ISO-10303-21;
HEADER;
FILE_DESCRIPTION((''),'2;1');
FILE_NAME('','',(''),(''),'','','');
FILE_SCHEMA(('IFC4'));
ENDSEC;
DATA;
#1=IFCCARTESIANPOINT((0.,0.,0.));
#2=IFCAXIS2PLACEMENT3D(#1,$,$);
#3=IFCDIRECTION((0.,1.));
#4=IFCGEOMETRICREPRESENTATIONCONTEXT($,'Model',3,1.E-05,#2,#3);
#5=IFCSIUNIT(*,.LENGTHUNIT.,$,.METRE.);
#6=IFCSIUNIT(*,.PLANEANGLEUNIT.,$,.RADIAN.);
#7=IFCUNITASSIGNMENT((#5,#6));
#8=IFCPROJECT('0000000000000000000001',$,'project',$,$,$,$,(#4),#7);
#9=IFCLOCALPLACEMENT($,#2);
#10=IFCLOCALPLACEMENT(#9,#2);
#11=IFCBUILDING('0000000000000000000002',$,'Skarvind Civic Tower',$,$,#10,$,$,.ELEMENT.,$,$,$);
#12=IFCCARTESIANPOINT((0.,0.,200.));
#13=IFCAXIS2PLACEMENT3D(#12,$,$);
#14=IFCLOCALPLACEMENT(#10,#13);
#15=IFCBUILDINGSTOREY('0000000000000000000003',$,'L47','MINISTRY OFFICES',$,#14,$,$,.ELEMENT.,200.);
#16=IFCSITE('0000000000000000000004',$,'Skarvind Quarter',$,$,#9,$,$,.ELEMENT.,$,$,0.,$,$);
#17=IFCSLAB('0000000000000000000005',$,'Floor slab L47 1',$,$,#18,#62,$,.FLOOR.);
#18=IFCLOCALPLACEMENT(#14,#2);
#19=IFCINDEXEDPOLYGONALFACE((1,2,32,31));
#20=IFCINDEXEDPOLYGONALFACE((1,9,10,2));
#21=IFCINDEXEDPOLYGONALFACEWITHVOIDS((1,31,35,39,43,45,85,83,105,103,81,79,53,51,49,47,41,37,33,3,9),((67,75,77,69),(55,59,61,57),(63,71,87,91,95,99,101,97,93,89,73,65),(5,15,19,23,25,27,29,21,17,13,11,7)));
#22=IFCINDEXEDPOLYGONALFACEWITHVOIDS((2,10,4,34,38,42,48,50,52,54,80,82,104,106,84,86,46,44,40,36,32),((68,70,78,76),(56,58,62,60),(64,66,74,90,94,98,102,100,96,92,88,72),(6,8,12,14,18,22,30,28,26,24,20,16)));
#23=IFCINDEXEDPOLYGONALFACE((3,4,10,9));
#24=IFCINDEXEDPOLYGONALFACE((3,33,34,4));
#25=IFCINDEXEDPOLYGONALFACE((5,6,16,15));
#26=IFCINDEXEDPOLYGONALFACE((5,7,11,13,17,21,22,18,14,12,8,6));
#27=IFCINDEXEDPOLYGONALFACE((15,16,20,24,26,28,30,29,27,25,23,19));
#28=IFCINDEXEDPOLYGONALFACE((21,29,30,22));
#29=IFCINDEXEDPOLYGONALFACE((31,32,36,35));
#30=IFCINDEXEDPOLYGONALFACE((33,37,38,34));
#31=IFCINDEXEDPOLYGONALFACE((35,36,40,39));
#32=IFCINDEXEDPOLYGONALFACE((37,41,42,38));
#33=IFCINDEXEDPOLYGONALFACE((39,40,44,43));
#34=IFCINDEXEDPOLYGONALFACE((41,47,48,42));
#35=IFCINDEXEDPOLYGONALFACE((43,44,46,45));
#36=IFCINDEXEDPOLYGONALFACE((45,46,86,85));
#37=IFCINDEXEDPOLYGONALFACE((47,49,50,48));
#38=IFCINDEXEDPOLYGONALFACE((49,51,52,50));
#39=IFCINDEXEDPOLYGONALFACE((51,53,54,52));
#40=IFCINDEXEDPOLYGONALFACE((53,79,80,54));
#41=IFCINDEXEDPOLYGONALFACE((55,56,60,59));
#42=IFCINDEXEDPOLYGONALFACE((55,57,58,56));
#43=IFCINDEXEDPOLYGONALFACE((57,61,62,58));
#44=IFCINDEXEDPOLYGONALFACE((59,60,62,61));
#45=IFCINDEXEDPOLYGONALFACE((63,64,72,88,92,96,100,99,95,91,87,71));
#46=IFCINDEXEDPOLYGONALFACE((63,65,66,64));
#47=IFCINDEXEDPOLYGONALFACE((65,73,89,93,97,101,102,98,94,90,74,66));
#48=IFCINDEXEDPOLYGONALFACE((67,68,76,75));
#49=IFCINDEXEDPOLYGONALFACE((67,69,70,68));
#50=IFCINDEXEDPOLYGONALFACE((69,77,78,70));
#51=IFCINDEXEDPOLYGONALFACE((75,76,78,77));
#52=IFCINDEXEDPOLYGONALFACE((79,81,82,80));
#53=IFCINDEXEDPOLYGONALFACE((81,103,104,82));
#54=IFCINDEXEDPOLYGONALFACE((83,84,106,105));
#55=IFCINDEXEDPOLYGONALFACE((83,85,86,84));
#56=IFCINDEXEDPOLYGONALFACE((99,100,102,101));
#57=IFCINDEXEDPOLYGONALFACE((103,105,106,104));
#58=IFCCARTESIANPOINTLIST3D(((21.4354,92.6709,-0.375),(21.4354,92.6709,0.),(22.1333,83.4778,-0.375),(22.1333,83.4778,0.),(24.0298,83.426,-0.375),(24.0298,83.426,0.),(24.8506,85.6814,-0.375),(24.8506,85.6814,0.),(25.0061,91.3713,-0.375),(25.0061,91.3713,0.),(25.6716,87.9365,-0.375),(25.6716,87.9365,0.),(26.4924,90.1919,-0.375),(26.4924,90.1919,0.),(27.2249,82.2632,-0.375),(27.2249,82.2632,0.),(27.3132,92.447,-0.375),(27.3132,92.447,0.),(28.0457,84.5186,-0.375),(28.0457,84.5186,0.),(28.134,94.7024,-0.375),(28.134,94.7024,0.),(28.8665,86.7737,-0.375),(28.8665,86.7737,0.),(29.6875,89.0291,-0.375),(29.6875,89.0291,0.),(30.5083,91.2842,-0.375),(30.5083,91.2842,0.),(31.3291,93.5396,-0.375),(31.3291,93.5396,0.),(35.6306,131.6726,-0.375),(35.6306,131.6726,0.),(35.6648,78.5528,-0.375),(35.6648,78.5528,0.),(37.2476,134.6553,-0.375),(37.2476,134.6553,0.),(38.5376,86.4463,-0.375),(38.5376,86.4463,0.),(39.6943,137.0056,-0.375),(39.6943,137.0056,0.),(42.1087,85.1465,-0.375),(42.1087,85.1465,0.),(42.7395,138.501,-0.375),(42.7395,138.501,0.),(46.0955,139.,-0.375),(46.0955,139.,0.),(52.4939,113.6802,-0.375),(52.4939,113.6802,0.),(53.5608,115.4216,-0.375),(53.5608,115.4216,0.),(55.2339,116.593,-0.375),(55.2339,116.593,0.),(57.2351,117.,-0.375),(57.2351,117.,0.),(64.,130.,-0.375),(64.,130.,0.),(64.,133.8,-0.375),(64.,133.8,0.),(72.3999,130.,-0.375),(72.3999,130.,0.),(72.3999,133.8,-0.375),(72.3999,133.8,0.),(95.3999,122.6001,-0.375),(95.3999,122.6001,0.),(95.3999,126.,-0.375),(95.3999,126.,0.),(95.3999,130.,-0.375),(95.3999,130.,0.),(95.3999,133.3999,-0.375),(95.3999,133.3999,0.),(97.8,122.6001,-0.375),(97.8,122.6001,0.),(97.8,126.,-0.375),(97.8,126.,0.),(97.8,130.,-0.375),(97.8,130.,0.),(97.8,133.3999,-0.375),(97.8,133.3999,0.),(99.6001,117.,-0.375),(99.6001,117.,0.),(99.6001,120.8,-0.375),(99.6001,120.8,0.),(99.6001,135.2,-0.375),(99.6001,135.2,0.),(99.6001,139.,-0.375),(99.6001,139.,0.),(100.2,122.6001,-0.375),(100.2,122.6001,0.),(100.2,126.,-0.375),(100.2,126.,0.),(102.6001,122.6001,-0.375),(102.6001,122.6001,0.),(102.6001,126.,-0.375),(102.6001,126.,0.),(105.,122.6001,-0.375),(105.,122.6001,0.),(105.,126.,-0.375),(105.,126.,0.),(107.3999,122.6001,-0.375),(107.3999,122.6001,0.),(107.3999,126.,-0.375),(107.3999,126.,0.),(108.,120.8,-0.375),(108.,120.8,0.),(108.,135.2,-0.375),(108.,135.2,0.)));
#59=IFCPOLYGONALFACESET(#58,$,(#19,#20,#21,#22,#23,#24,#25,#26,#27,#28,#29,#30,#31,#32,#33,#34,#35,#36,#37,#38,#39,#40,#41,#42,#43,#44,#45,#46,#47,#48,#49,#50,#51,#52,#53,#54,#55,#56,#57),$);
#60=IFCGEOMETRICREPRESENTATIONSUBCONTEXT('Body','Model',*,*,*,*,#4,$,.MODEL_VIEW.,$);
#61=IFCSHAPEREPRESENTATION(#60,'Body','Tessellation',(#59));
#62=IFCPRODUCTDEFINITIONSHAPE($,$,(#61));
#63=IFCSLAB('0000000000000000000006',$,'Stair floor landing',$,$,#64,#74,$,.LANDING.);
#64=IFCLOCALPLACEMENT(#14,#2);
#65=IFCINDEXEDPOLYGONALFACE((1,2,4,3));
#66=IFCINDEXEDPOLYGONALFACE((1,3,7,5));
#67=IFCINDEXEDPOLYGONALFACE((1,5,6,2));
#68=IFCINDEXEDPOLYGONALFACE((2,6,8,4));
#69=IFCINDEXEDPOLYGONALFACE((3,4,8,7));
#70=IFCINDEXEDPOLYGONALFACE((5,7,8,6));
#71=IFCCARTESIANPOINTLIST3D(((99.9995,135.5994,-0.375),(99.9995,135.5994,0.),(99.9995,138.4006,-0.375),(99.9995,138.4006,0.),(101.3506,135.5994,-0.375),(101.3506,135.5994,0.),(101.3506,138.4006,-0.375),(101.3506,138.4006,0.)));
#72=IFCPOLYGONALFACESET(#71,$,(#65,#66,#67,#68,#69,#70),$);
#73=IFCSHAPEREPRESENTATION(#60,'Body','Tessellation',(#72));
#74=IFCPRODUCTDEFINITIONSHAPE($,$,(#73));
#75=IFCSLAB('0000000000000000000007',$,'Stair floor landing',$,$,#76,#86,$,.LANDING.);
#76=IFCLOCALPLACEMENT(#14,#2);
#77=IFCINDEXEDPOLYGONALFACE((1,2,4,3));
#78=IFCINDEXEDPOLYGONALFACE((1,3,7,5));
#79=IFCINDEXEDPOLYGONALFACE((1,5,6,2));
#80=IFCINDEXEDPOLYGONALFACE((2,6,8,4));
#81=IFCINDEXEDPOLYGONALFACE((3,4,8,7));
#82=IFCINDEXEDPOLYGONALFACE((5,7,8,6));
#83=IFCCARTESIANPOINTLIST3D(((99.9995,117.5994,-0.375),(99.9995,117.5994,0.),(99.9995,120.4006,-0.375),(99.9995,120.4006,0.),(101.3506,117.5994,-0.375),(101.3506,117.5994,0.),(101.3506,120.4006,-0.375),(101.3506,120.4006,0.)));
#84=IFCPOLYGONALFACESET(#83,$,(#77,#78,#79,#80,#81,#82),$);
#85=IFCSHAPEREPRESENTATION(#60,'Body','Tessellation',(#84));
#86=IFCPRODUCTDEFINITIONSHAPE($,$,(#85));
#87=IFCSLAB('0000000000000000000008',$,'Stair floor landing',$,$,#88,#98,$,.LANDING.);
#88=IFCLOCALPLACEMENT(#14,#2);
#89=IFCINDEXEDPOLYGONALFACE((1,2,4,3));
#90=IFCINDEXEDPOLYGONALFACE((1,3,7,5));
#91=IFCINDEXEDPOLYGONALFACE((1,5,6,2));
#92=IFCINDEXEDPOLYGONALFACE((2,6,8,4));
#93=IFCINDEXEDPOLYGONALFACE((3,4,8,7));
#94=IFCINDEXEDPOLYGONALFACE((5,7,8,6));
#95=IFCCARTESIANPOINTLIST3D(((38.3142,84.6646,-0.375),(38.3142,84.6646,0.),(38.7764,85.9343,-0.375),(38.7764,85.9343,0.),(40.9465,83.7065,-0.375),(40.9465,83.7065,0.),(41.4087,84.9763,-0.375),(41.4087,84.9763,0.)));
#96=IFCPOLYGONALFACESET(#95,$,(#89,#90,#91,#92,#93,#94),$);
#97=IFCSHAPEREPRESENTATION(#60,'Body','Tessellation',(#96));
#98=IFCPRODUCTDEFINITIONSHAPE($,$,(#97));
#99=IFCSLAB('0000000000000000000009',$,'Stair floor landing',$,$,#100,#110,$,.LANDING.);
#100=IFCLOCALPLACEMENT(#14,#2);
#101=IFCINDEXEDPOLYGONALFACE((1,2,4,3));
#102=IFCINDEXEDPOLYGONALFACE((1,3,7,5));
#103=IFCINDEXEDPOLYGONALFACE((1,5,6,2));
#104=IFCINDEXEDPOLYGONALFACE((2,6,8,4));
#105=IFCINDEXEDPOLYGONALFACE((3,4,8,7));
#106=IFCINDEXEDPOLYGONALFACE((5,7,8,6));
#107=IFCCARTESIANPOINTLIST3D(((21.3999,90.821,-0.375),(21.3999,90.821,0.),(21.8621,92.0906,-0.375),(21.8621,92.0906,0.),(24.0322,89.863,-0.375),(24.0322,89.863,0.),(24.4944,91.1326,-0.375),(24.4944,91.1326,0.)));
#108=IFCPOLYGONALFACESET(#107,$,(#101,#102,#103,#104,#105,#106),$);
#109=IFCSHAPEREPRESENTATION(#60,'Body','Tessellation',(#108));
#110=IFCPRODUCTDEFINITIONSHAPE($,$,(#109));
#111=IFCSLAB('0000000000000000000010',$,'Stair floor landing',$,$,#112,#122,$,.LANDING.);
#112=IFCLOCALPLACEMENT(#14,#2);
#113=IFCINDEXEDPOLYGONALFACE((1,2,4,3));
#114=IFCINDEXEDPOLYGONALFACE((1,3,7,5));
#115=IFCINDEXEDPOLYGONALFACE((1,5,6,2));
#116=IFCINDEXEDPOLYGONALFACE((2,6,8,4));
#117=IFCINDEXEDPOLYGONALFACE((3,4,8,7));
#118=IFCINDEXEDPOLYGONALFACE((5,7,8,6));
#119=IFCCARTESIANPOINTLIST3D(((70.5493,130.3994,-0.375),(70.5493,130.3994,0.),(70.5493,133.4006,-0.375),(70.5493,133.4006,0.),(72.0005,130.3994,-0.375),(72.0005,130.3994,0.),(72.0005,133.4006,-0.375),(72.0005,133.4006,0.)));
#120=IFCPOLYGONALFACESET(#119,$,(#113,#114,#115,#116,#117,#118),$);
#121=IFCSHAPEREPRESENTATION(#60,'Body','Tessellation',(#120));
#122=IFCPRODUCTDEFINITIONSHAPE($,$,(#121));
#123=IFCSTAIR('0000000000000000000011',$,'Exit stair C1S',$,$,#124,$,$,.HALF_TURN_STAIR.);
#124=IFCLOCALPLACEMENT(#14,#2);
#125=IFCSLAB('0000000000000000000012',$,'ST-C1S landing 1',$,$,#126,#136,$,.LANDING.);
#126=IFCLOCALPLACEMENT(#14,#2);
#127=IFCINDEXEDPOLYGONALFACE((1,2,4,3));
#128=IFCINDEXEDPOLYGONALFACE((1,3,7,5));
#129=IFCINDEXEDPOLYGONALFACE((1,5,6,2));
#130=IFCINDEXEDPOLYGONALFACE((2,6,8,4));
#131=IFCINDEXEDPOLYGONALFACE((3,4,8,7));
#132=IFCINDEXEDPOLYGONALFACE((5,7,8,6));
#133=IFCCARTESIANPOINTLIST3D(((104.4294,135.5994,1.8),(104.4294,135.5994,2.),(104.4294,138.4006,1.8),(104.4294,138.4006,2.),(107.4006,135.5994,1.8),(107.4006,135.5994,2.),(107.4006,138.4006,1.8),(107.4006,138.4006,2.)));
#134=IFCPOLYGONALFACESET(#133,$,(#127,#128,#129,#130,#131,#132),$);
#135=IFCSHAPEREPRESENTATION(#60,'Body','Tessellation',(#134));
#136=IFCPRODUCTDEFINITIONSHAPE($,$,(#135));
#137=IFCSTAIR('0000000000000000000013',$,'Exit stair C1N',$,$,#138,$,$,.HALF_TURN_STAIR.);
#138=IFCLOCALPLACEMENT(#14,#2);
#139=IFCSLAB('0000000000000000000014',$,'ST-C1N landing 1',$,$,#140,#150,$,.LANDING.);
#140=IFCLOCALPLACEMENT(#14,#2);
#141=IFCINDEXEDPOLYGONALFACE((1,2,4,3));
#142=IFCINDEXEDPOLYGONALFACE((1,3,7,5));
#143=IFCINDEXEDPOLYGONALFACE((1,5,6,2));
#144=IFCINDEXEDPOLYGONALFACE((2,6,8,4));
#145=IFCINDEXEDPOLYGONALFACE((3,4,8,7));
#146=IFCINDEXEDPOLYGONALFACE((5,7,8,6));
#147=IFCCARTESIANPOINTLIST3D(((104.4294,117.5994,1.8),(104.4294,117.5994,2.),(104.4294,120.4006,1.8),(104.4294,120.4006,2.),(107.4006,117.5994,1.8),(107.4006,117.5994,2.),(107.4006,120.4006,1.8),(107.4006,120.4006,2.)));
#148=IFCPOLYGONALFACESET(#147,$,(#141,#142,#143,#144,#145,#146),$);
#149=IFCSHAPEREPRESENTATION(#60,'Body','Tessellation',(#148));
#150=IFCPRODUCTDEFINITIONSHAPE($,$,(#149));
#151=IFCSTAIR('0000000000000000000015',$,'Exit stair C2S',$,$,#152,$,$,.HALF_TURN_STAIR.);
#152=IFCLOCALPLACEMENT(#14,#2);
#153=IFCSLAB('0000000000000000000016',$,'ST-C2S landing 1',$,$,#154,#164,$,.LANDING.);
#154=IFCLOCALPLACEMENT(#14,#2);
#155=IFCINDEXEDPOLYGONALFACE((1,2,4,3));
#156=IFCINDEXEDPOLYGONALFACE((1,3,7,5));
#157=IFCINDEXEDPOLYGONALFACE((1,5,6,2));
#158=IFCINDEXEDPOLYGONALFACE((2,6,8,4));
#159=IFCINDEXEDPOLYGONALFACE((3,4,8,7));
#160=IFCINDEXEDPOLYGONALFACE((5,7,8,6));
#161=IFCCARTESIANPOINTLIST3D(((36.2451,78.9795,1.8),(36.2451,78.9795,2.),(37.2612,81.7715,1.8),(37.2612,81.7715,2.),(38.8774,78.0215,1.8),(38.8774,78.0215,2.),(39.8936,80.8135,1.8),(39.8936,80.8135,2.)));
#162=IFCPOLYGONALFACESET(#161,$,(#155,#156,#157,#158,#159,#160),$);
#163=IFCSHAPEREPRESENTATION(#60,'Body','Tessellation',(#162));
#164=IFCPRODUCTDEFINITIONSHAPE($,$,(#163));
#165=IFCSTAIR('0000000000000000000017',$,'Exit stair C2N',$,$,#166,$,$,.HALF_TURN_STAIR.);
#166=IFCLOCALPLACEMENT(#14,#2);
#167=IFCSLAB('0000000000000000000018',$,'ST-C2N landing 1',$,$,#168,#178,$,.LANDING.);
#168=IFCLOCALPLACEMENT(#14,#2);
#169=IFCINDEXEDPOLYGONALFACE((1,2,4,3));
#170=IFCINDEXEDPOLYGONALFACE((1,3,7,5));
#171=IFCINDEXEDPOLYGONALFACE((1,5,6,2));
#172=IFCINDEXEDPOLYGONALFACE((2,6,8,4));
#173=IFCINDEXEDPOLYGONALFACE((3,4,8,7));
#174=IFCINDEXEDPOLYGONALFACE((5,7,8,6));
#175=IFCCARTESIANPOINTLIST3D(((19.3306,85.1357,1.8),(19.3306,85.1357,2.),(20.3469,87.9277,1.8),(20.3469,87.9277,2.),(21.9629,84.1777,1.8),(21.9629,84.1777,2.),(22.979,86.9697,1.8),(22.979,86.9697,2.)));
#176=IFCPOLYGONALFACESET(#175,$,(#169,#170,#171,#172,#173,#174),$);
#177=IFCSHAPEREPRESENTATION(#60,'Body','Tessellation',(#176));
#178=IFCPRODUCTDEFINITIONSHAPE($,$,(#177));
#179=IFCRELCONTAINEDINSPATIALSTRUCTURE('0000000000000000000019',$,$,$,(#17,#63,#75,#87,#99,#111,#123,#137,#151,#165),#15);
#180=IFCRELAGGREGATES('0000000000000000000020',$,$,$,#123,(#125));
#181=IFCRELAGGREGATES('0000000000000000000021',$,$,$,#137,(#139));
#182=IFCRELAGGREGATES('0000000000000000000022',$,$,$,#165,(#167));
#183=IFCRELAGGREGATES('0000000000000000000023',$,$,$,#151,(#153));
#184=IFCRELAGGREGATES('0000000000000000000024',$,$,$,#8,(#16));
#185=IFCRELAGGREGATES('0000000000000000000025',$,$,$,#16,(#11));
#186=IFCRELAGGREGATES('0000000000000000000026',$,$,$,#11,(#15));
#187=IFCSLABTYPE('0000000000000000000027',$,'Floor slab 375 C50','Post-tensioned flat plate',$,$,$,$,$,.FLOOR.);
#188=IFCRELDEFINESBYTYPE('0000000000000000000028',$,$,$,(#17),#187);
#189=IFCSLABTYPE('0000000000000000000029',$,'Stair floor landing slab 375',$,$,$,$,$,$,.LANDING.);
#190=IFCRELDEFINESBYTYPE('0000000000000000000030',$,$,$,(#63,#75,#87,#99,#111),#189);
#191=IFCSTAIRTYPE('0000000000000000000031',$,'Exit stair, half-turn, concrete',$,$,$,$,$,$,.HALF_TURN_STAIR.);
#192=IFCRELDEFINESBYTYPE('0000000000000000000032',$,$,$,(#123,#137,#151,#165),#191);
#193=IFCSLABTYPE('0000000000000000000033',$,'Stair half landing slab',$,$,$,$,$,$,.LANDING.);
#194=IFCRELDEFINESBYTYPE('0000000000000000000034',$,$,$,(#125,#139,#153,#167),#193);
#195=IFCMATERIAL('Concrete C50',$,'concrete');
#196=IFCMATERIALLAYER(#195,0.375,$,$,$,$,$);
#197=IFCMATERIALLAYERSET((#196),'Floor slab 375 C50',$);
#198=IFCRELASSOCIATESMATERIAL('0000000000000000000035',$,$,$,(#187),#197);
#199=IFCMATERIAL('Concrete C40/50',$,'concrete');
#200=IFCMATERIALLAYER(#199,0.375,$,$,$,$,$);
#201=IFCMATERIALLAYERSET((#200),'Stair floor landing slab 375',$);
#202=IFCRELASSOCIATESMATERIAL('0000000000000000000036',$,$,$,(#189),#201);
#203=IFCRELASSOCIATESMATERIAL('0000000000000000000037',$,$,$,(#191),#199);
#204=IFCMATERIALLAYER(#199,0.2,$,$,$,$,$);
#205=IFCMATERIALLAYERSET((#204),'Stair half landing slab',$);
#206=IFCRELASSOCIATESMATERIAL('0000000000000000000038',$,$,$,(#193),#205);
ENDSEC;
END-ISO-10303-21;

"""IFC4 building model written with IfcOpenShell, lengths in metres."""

from ifc_helpers import new_model, si_unit, direction, frame, origin, place, context, subcontext, project, spatial, polyline, outline, extrude, material, layer, layer_set, type_object, element, aggregate, save


model = new_model("IFC4")

# Units and contexts
model_context = context("Model", 3, precision=1e-05, world=origin(), true_north=direction((0.0, 1.0)))
body_context = subcontext(model_context, "Body", "Model", "MODEL_VIEW")
ifc_project = project(units=[si_unit("LENGTHUNIT", "METRE"), si_unit("PLANEANGLEUNIT", "RADIAN")], contexts=[model_context])

# Site, building, storey
site_placement = place(None, origin())
site = spatial("IfcSite", under=ifc_project, at=site_placement, Name="Skarvind Quarter", CompositionType="ELEMENT", RefElevation=0.0)
building_placement = place(site_placement, origin())
building = spatial("IfcBuilding", under=site, at=building_placement, Name="Skarvind Civic Tower", CompositionType="ELEMENT")
storey_placement = place(building_placement, frame((0.0, 0.0, 200.0)))
storey = spatial("IfcBuildingStorey", under=building, at=storey_placement, Name="L47", Description="MINISTRY OFFICES", CompositionType="ELEMENT", Elevation=200.0)

# Slabs
ifc_material_1 = material(Name="Concrete C50", Category="concrete")
ifc_layer_1 = layer(ifc_material_1, 0.375)
ifc_layer_set_1 = layer_set([ifc_layer_1], Name="Floor slab 375 C50")
slab_type_1 = type_object("IfcSlabType", Name="Floor slab 375 C50", Description="Post-tensioned flat plate", PredefinedType="FLOOR", material=ifc_layer_set_1)
slab_1_placement = place(storey_placement, frame((0.0, 0.0, -0.375)))
element("IfcSlab", 1, at=slab_1_placement, inside=storey, type_object=slab_type_1, Name="Floor slab L47 1", PredefinedType="FLOOR", context=body_context, shape_type="SweptSolid", body=[
    extrude(outline(polyline([(99.6001, 117.0), (99.6001, 120.8), (108.0, 120.8), (108.0, 135.2), (99.6001, 135.2), (99.6001, 139.0), (46.0955, 139.0), (42.7395, 138.501), (39.6943, 137.0056), (37.2476, 134.6553), (35.6306, 131.6726), (19.4175, 87.1267), (21.4353, 92.6709), (25.0061, 91.3713), (22.1333, 83.4778), (36.8865, 78.1082), (35.6648, 78.5527), (38.5376, 86.4463), (42.1086, 85.1465), (40.0908, 79.6023), (40.0908, 79.6023), (52.4939, 113.6802), (53.5608, 115.4216), (55.2339, 116.593), (57.2351, 117.0), (99.6001, 117.0)]), holes=[polyline([(25.6716, 87.9365), (26.4924, 90.1919), (27.3132, 92.447), (28.134, 94.7024), (31.3291, 93.5396), (30.5083, 91.2842), (29.6875, 89.0291), (28.8665, 86.7737), (28.8665, 86.7737), (28.0457, 84.5186), (27.2249, 82.2632), (24.0298, 83.426), (24.8506, 85.6814), (25.6716, 87.9365), (25.6716, 87.9365)]), polyline([(64.0, 130.0), (64.0, 133.8), (72.3999, 133.8), (72.3999, 130.0), (64.0, 130.0)]), polyline([(97.8, 126.0), (100.2, 126.0), (102.6001, 126.0), (105.0, 126.0), (107.3999, 126.0), (107.3999, 122.6001), (105.0, 122.6001), (102.6001, 122.6001), (100.2, 122.6001), (97.8, 122.6001), (95.3999, 122.6001), (95.3999, 126.0), (97.8, 126.0)]), polyline([(97.8, 133.3999), (97.8, 130.0), (95.3999, 130.0), (95.3999, 133.3999), (97.8, 133.3999)])]), origin(), (0.0, 0.0, 1.0), 0.375),
])
ifc_material_2 = material(Name="Concrete C40/50", Category="concrete")
ifc_layer_2 = layer(ifc_material_2, 0.375)
ifc_layer_set_2 = layer_set([ifc_layer_2], Name="Stair floor landing slab 375")
slab_type_2 = type_object("IfcSlabType", Name="Stair floor landing slab 375", PredefinedType="LANDING", material=ifc_layer_set_2)
slab_2_placement = place(storey_placement, frame((0.0, 0.0, -0.375)))
element("IfcSlab", 2, at=slab_2_placement, inside=storey, type_object=slab_type_2, Name="Stair floor landing", PredefinedType="LANDING", context=body_context, shape_type="SweptSolid", body=[
    extrude(outline(polyline([(101.3506, 138.4006), (101.3506, 135.5994), (99.9995, 135.5994), (99.9995, 138.4006), (101.3506, 138.4006)])), origin(), (0.0, 0.0, 1.0), 0.375),
])
slab_3_placement = place(storey_placement, frame((0.0, 0.0, -0.375)))
element("IfcSlab", 3, at=slab_3_placement, inside=storey, type_object=slab_type_2, Name="Stair floor landing", PredefinedType="LANDING", context=body_context, shape_type="SweptSolid", body=[
    extrude(outline(polyline([(101.3506, 120.4006), (101.3506, 117.5994), (99.9995, 117.5994), (99.9995, 120.4006), (101.3506, 120.4006)])), origin(), (0.0, 0.0, 1.0), 0.375),
])
slab_4_placement = place(storey_placement, frame((0.0, 0.0, -0.375)))
element("IfcSlab", 4, at=slab_4_placement, inside=storey, type_object=slab_type_2, Name="Stair floor landing", PredefinedType="LANDING", context=body_context, shape_type="SweptSolid", body=[
    extrude(outline(polyline([(40.9465, 83.7065), (38.3142, 84.6646), (38.7764, 85.9343), (41.4087, 84.9763), (40.9465, 83.7065)])), origin(), (0.0, 0.0, 1.0), 0.375),
])
slab_5_placement = place(storey_placement, frame((0.0, 0.0, -0.375)))
element("IfcSlab", 5, at=slab_5_placement, inside=storey, type_object=slab_type_2, Name="Stair floor landing", PredefinedType="LANDING", context=body_context, shape_type="SweptSolid", body=[
    extrude(outline(polyline([(24.0322, 89.863), (21.3999, 90.821), (21.8621, 92.0906), (24.4944, 91.1326), (24.0322, 89.863)])), origin(), (0.0, 0.0, 1.0), 0.375),
])
slab_6_placement = place(storey_placement, frame((0.0, 0.0, -0.375)))
element("IfcSlab", 6, at=slab_6_placement, inside=storey, type_object=slab_type_2, Name="Stair floor landing", PredefinedType="LANDING", context=body_context, shape_type="SweptSolid", body=[
    extrude(outline(polyline([(70.5493, 130.3994), (70.5493, 133.4006), (72.0005, 133.4006), (72.0005, 130.3994), (70.5493, 130.3994)])), origin(), (0.0, 0.0, 1.0), 0.375),
])

# Stairs, slabs
stair_type_1 = type_object("IfcStairType", Name="Exit stair, half-turn, concrete", PredefinedType="HALF_TURN_STAIR", material=ifc_material_2)
stair_1_placement = place(storey_placement, origin())
stair_1 = element("IfcStair", 7, at=stair_1_placement, inside=storey, type_object=stair_type_1, Name="Exit stair C1S", PredefinedType="HALF_TURN_STAIR")
ifc_layer_3 = layer(ifc_material_2, 0.2)
ifc_layer_set_3 = layer_set([ifc_layer_3], Name="Stair half landing slab")
slab_type_3 = type_object("IfcSlabType", Name="Stair half landing slab", PredefinedType="LANDING", material=ifc_layer_set_3)
slab_7_placement = place(storey_placement, frame((0.0, 0.0, 1.8)))
slab_7 = element("IfcSlab", 8, at=slab_7_placement, type_object=slab_type_3, Name="ST-C1S landing 1", PredefinedType="LANDING", context=body_context, shape_type="SweptSolid", body=[
    extrude(outline(polyline([(104.4294, 135.5994), (104.4294, 138.4006), (107.4006, 138.4006), (107.4006, 135.5994), (104.4294, 135.5994)])), origin(), (0.0, 0.0, 1.0), 0.2),
])
aggregate(stair_1, [slab_7])
stair_2_placement = place(storey_placement, origin())
stair_2 = element("IfcStair", 9, at=stair_2_placement, inside=storey, type_object=stair_type_1, Name="Exit stair C1N", PredefinedType="HALF_TURN_STAIR")
slab_8_placement = place(storey_placement, frame((0.0, 0.0, 1.8)))
slab_8 = element("IfcSlab", 10, at=slab_8_placement, type_object=slab_type_3, Name="ST-C1N landing 1", PredefinedType="LANDING", context=body_context, shape_type="SweptSolid", body=[
    extrude(outline(polyline([(104.4294, 117.5994), (104.4294, 120.4006), (107.4006, 120.4006), (107.4006, 117.5994), (104.4294, 117.5994)])), origin(), (0.0, 0.0, 1.0), 0.2),
])
aggregate(stair_2, [slab_8])
stair_3_placement = place(storey_placement, origin())
stair_3 = element("IfcStair", 11, at=stair_3_placement, inside=storey, type_object=stair_type_1, Name="Exit stair C2S", PredefinedType="HALF_TURN_STAIR")
slab_9_placement = place(storey_placement, frame((0.0, 0.0, 1.8)))
slab_9 = element("IfcSlab", 12, at=slab_9_placement, type_object=slab_type_3, Name="ST-C2S landing 1", PredefinedType="LANDING", context=body_context, shape_type="SweptSolid", body=[
    extrude(outline(polyline([(37.2612, 81.7715), (39.8936, 80.8135), (38.8774, 78.0215), (36.2451, 78.9795), (37.2612, 81.7715)])), origin(), (0.0, 0.0, 1.0), 0.2),
])
stair_4_placement = place(storey_placement, origin())
stair_4 = element("IfcStair", 13, at=stair_4_placement, inside=storey, type_object=stair_type_1, Name="Exit stair C2N", PredefinedType="HALF_TURN_STAIR")
slab_10_placement = place(storey_placement, frame((0.0, 0.0, 1.8)))
slab_10 = element("IfcSlab", 14, at=slab_10_placement, type_object=slab_type_3, Name="ST-C2N landing 1", PredefinedType="LANDING", context=body_context, shape_type="SweptSolid", body=[
    extrude(outline(polyline([(20.3469, 87.9277), (22.979, 86.9697), (21.9629, 84.1777), (19.3306, 85.1357), (20.3469, 87.9277)])), origin(), (0.0, 0.0, 1.0), 0.2),
])
aggregate(stair_4, [slab_10])

aggregate(stair_3, [slab_9])

save(model, "model.ifc")
